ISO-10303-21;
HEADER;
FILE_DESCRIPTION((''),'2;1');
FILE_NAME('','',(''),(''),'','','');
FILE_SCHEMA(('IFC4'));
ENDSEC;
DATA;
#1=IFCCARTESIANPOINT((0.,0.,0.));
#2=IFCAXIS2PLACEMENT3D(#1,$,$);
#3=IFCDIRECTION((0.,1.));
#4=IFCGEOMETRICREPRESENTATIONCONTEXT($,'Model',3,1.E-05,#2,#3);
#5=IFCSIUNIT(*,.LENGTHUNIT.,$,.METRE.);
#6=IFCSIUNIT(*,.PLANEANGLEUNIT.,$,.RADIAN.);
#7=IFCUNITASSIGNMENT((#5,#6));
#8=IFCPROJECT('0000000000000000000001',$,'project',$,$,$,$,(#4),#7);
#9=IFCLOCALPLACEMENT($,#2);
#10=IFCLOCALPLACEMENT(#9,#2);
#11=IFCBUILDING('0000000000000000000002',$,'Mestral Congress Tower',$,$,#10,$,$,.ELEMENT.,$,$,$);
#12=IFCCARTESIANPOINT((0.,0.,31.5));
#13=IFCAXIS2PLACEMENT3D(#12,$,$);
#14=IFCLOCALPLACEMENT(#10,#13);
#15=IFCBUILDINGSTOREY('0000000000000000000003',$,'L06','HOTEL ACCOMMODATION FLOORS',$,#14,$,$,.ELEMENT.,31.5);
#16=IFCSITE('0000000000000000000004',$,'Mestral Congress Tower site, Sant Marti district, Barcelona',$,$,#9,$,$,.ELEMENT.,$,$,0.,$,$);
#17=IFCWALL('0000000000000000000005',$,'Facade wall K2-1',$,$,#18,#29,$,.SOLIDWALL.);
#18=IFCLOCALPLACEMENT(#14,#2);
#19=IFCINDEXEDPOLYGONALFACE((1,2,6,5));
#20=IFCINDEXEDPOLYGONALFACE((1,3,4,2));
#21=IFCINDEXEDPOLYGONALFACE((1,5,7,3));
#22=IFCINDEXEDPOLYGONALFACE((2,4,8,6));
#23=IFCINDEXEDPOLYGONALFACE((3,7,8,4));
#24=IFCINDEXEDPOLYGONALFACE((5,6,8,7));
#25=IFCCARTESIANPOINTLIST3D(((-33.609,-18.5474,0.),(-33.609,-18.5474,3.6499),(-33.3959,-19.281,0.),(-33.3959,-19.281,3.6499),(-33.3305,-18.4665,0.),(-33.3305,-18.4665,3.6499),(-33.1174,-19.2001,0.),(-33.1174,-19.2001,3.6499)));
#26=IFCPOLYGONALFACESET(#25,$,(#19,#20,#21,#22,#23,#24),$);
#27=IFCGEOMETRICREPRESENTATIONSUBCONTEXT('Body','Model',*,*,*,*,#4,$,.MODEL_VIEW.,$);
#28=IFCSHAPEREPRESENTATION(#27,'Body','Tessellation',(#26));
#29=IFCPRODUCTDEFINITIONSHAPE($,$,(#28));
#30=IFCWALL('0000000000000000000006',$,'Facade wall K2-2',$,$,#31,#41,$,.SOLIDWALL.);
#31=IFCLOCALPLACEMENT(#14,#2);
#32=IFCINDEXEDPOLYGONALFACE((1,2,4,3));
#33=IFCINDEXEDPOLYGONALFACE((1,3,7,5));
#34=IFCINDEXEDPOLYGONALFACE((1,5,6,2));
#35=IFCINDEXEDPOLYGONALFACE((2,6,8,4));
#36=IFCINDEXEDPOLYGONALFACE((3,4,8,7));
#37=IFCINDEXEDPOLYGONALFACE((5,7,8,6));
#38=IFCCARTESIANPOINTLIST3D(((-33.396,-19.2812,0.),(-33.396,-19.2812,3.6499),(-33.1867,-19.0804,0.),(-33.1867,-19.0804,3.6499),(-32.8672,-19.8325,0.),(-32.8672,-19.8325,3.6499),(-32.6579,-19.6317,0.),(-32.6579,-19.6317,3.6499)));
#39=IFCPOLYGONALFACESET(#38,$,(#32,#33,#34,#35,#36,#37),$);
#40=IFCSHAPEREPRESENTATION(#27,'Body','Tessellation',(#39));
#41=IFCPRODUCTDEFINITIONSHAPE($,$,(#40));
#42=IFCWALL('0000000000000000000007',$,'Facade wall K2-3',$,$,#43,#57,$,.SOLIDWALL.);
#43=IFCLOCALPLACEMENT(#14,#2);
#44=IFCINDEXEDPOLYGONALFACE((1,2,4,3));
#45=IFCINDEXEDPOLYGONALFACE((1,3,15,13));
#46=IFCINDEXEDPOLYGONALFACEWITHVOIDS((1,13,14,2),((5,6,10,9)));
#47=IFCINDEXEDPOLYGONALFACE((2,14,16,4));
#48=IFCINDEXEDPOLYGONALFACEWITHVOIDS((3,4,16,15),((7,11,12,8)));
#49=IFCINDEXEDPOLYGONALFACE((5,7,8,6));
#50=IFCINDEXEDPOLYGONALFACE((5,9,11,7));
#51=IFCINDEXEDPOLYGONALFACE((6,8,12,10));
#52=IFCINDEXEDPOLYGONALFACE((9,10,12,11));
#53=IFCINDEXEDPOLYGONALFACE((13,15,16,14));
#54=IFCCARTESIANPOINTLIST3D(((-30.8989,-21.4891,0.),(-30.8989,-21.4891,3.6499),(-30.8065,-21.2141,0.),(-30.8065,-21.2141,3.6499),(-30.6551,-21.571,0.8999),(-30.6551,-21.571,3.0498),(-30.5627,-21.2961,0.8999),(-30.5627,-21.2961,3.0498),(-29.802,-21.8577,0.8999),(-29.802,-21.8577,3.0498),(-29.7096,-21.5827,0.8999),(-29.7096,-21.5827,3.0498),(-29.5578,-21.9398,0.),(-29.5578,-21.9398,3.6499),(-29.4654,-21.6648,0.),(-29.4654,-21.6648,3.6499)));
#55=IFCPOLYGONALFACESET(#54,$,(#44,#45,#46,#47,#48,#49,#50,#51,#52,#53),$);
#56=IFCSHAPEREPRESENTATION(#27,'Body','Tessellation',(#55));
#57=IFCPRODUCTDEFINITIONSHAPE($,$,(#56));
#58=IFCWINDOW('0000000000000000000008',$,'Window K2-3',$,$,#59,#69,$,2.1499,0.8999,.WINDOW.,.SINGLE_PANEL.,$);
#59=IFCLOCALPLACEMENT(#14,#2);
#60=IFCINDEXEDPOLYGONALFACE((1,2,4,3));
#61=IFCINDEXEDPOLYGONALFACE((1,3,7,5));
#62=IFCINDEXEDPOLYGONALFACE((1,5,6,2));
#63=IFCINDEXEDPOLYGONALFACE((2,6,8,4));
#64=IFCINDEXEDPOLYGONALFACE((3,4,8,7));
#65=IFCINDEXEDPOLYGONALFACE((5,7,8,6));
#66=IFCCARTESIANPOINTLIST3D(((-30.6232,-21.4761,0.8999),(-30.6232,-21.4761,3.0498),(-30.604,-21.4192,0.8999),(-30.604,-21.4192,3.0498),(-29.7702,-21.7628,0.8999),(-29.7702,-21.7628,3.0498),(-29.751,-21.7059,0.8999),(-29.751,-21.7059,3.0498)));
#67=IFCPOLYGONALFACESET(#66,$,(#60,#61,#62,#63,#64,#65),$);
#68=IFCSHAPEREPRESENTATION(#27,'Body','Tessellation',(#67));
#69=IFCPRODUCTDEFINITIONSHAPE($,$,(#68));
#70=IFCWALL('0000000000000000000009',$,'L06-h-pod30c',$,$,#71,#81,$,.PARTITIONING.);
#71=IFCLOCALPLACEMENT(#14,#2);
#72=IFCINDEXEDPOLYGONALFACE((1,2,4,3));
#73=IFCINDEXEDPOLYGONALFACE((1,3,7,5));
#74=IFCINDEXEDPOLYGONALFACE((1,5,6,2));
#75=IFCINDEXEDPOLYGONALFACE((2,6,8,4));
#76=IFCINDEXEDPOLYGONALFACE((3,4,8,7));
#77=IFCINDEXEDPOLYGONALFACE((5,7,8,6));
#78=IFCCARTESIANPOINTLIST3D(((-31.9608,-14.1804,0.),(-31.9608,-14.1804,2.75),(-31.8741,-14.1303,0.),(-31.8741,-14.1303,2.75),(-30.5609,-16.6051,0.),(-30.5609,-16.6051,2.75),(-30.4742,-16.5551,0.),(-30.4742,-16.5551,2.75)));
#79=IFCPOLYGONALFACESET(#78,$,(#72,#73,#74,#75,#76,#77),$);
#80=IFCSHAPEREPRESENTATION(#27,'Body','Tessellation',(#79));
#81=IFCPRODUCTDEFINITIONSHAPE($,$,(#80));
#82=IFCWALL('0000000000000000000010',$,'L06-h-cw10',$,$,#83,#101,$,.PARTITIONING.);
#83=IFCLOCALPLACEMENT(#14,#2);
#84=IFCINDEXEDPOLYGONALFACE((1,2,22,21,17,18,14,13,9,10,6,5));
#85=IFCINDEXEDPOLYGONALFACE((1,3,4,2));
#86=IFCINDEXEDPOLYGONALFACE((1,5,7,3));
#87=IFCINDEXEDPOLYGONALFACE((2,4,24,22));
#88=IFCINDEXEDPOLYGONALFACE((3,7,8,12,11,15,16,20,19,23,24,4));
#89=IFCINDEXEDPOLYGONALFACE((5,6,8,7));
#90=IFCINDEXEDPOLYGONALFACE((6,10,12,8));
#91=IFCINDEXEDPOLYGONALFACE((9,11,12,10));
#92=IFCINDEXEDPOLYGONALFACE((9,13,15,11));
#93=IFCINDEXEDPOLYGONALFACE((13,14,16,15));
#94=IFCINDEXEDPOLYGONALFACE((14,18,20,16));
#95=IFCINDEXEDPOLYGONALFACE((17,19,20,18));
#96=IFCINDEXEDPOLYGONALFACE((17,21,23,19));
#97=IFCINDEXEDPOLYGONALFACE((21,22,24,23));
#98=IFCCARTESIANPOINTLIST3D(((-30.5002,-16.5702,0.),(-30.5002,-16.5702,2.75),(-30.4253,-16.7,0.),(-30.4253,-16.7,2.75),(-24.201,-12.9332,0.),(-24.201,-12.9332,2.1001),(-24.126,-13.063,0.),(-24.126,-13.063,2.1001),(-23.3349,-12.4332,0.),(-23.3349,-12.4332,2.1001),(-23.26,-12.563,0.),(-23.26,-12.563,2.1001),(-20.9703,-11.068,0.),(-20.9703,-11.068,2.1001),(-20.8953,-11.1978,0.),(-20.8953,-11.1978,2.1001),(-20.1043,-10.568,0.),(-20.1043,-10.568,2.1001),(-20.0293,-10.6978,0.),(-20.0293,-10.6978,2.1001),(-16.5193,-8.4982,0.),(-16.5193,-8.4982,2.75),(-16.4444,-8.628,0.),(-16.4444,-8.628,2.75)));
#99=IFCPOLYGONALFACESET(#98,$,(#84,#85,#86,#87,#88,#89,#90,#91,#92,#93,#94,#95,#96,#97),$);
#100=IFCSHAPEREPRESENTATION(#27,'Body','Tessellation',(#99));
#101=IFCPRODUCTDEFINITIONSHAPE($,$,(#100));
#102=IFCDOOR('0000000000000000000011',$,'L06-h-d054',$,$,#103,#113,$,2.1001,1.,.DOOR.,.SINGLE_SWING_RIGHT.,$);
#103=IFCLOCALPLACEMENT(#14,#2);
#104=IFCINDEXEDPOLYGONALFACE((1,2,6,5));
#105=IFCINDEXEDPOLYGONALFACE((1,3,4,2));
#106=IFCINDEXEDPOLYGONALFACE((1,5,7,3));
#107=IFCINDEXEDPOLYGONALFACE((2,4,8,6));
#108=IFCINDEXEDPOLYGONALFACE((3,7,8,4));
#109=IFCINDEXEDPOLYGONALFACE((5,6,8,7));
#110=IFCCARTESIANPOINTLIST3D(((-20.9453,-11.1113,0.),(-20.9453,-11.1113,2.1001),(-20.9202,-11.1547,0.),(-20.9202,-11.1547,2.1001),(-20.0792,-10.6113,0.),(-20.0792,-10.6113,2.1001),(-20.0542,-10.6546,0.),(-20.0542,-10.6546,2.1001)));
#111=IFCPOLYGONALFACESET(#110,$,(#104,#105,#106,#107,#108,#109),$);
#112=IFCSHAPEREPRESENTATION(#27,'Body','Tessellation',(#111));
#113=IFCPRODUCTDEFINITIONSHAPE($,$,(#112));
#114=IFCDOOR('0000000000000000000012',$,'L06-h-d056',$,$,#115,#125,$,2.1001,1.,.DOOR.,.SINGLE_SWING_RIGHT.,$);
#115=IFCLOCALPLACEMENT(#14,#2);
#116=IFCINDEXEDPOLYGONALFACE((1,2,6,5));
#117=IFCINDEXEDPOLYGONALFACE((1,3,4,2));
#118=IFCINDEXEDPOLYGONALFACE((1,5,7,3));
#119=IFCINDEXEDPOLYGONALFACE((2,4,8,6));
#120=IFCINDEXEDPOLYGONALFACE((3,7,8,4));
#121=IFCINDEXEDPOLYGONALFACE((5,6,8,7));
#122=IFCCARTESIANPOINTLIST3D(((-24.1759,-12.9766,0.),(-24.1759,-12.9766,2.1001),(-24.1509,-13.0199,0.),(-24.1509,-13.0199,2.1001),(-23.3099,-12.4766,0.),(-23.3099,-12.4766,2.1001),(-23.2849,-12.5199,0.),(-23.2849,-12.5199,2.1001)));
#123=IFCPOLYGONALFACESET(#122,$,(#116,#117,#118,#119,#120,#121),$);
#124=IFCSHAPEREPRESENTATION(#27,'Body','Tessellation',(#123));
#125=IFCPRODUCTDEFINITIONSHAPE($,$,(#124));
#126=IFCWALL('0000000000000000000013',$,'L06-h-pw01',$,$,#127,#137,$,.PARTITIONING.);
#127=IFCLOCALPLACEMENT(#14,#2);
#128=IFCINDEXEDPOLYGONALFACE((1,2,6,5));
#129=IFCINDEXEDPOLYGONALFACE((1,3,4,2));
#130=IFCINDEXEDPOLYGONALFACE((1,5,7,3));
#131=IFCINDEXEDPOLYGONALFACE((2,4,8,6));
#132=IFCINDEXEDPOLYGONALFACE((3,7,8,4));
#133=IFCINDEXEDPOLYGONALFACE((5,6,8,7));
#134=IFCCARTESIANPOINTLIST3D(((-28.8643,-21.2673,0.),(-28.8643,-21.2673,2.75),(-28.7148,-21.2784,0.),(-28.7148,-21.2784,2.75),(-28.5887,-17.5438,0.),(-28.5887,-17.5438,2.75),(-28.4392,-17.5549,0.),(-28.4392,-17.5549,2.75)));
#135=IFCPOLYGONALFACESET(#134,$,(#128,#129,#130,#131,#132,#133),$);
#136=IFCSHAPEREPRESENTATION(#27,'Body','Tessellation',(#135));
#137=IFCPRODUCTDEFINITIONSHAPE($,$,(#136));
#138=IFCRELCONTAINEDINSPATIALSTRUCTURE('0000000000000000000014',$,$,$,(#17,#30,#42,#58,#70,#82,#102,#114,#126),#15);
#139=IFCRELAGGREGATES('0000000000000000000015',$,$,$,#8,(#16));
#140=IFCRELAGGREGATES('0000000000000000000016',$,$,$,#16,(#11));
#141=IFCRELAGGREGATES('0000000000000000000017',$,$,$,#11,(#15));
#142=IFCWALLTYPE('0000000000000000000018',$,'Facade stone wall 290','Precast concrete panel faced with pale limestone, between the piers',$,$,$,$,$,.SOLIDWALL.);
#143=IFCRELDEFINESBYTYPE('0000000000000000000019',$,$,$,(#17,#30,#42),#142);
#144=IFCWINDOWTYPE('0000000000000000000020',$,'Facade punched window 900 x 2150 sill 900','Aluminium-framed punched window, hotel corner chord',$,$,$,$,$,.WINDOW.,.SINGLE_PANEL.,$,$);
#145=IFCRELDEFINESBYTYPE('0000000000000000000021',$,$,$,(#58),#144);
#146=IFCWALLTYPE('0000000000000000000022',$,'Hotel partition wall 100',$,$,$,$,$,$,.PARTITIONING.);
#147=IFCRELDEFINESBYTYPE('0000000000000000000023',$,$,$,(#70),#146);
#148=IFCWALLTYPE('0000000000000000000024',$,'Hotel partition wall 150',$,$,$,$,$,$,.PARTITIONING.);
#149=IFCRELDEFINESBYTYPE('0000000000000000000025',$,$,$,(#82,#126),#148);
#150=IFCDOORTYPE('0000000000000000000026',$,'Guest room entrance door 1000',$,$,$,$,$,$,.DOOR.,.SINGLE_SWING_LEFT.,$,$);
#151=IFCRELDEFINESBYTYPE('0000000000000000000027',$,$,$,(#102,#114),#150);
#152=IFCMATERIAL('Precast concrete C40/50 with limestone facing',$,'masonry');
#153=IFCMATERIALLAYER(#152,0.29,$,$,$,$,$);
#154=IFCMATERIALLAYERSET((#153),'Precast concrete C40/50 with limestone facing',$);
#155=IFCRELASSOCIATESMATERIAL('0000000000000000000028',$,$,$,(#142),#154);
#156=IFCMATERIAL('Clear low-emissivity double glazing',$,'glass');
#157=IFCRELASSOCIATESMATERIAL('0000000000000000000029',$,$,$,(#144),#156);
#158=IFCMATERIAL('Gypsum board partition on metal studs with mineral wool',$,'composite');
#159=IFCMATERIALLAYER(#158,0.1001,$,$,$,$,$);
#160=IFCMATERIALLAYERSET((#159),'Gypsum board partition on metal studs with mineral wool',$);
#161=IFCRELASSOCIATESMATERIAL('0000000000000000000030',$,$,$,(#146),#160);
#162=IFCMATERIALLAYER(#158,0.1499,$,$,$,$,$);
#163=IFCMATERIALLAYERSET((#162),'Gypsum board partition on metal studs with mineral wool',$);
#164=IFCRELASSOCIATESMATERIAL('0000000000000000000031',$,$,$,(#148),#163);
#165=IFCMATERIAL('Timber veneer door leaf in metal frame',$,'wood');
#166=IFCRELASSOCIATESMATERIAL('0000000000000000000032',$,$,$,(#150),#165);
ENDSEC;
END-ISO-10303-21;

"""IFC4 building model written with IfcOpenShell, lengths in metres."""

from ifc_helpers import new_model, si_unit, direction, frame, frame_2d, origin, place, context, subcontext, project, spatial, rectangle, extrude, material, layer, layer_set, type_object, element, fill, save


model = new_model("IFC4")

# Units and contexts
model_context = context("Model", 3, precision=1e-05, world=origin(), true_north=direction((0.0, 1.0)))
body_context = subcontext(model_context, "Body", "Model", "MODEL_VIEW")
ifc_project = project(units=[si_unit("LENGTHUNIT", "METRE"), si_unit("PLANEANGLEUNIT", "RADIAN")], contexts=[model_context])

# Site, building, storey
site_placement = place(None, origin())
site = spatial("IfcSite", under=ifc_project, at=site_placement, Name="Mestral Congress Tower site, Sant Marti district, Barcelona", CompositionType="ELEMENT", RefElevation=0.0)
building_placement = place(site_placement, origin())
building = spatial("IfcBuilding", under=site, at=building_placement, Name="Mestral Congress Tower", CompositionType="ELEMENT")
storey_placement = place(building_placement, frame((0.0, 0.0, 31.5)))
storey = spatial("IfcBuildingStorey", under=building, at=storey_placement, Name="L06", Description="HOTEL ACCOMMODATION FLOORS", CompositionType="ELEMENT", Elevation=31.5)

# Walls
ifc_material_1 = material(Name="Precast concrete C40/50 with limestone facing", Category="masonry")
ifc_layer_1 = layer(ifc_material_1, 0.29)
ifc_layer_set_1 = layer_set([ifc_layer_1], Name="Precast concrete C40/50 with limestone facing")
wall_type_1 = type_object("IfcWallType", Name="Facade stone wall 290", Description="Precast concrete panel faced with pale limestone, between the piers", PredefinedType="SOLIDWALL", material=ifc_layer_set_1)
for number, where, z_axis, x_axis, name in (
    (1, (-33.4697, -18.5071, 0.0), (0.0, 0.0, 1.0), (0.278981, -0.960297, 0.0), "Facade wall K2-1"),
    (2, (-33.2913, -19.1809, 0.0), (0.0, 0.0, 1.0), (0.692252, -0.721656, 0.0), "Facade wall K2-2"),
):
    element("IfcWall", number, at=place(storey_placement, frame(where, z_axis=z_axis, x_axis=x_axis)), inside=storey, type_object=wall_type_1, Name=name, PredefinedType="SOLIDWALL", context=body_context, shape_type="SweptSolid", body=[
        extrude(rectangle(XDim=0.7639, YDim=0.29, at=frame_2d((0.3818, 0.0))), origin(), (0.0, 0.0, 1.0), 3.6499),
    ])

# Wall, opening, window
wall_1_placement = place(storey_placement, frame((-30.8528, -21.3516, 0.0), z_axis=(0.0, 0.0, 1.0), x_axis=(0.947904, -0.318556, 0.0)))
wall_1 = element("IfcWall", 3, at=wall_1_placement, inside=storey, type_object=wall_type_1, Name="Facade wall K2-3", PredefinedType="SOLIDWALL", context=body_context, shape_type="SweptSolid", body=[
    extrude(rectangle(XDim=1.4148, YDim=0.29, at=frame_2d((0.7075, 0.0))), origin(), (0.0, 0.0, 1.0), 3.6499),
])
opening_1_placement = place(wall_1_placement, frame((0.2573, 0.0, 0.8999)))
opening_1 = element("IfcOpeningElement", 4, at=opening_1_placement, cuts=wall_1, PredefinedType="OPENING", context=body_context, shape_type="SweptSolid", body=[
    extrude(rectangle(XDim=0.8999, YDim=2.1499, at=frame_2d((0.45, 1.075))), frame((0.0, 0.155, 0.0), z_axis=(0.0, -1.0, 0.0), x_axis=(1.0, 0.0, 0.0)), (0.0, 0.0, 1.0), 0.3101),
])
ifc_material_2 = material(Name="Clear low-emissivity double glazing", Category="glass")
window_type = type_object("IfcWindowType", Name="Facade punched window 900 x 2150 sill 900", Description="Aluminium-framed punched window, hotel corner chord", PartitioningType="SINGLE_PANEL", PredefinedType="WINDOW", material=ifc_material_2)
window_placement = place(opening_1_placement, origin())
window = element("IfcWindow", 5, at=window_placement, inside=storey, type_object=window_type, Name="Window K2-3", OverallHeight=2.1499, OverallWidth=0.8999, PartitioningType="SINGLE_PANEL", PredefinedType="WINDOW", context=body_context, shape_type="SweptSolid", body=[
    extrude(rectangle(XDim=0.8999, YDim=2.1499, at=frame_2d((0.45, 1.075))), frame((0.0, 0.0151, 0.0), z_axis=(0.0, -1.0, 0.0), x_axis=(1.0, 0.0, 0.0)), (0.0, 0.0, 1.0), 0.0601),
])
fill(opening_1, window)

# Wall
ifc_material_3 = material(Name="Gypsum board partition on metal studs with mineral wool", Category="composite")
ifc_layer_2 = layer(ifc_material_3, 0.1001)
ifc_layer_set_2 = layer_set([ifc_layer_2], Name="Gypsum board partition on metal studs with mineral wool")
wall_type_2 = type_object("IfcWallType", Name="Hotel partition wall 100", PredefinedType="PARTITIONING", material=ifc_layer_set_2)
wall_2_placement = place(storey_placement, frame((-30.5176, -16.5801, 0.0), z_axis=(0.0, 0.0, 1.0), x_axis=(-0.499984, 0.866035, 0.0)))
element("IfcWall", 6, at=wall_2_placement, inside=storey, type_object=wall_type_2, Name="L06-h-pod30c", PredefinedType="PARTITIONING", context=body_context, shape_type="SweptSolid", body=[
    extrude(rectangle(XDim=2.7998, YDim=0.1001, at=frame_2d((1.3999, 0.0))), origin(), (0.0, 0.0, 1.0), 2.75),
])

# Wall, openings, doors
ifc_layer_3 = layer(ifc_material_3, 0.1499)
ifc_layer_set_3 = layer_set([ifc_layer_3], Name="Gypsum board partition on metal studs with mineral wool")
wall_type_3 = type_object("IfcWallType", Name="Hotel partition wall 150", PredefinedType="PARTITIONING", material=ifc_layer_set_3)
wall_3_placement = place(storey_placement, frame((-30.4626, -16.635, 0.0), z_axis=(0.0, 0.0, 1.0), x_axis=(0.866022, 0.500005, 0.0)))
wall_3 = element("IfcWall", 7, at=wall_3_placement, inside=storey, type_object=wall_type_3, Name="L06-h-cw10", PredefinedType="PARTITIONING", context=body_context, shape_type="SweptSolid", body=[
    extrude(rectangle(XDim=16.1438, YDim=0.1499, at=frame_2d((8.0718, 0.0))), origin(), (0.0, 0.0, 1.0), 2.75),
])
opening_2_placement = place(wall_3_placement, frame((11.0042, 0.0, 0.0)))
opening_2 = element("IfcOpeningElement", 8, at=opening_2_placement, cuts=wall_3, PredefinedType="OPENING", context=body_context, shape_type="SweptSolid", body=[
    extrude(rectangle(XDim=1.0, YDim=2.1001, at=frame_2d((0.5, 1.05))), frame((0.0, 0.085, 0.0), z_axis=(0.0, -1.0, 0.0), x_axis=(1.0, 0.0, 0.0)), (0.0, 0.0, 1.0), 0.1699),
])
opening_3_placement = place(wall_3_placement, frame((7.2737, 0.0, 0.0)))
opening_3 = element("IfcOpeningElement", 9, at=opening_3_placement, cuts=wall_3, PredefinedType="OPENING", context=body_context, shape_type="SweptSolid", body=[
    extrude(rectangle(XDim=1.0, YDim=2.1001, at=frame_2d((0.5, 1.05))), frame((0.0, 0.085, 0.0), z_axis=(0.0, -1.0, 0.0), x_axis=(1.0, 0.0, 0.0)), (0.0, 0.0, 1.0), 0.1699),
])
ifc_material_4 = material(Name="Timber veneer door leaf in metal frame", Category="wood")
door_type = type_object("IfcDoorType", Name="Guest room entrance door 1000", OperationType="SINGLE_SWING_LEFT", PredefinedType="DOOR", material=ifc_material_4)
door_1_placement = place(opening_2_placement, origin())
door_1 = element("IfcDoor", 10, at=door_1_placement, inside=storey, type_object=door_type, Name="L06-h-d054", OperationType="SINGLE_SWING_RIGHT", OverallHeight=2.1001, OverallWidth=1.0, PredefinedType="DOOR", context=body_context, shape_type="SweptSolid", body=[
    extrude(rectangle(XDim=1.0, YDim=2.1001, at=frame_2d((0.5, 1.05))), frame((0.0, 0.0249, 0.0), z_axis=(0.0, -1.0, 0.0), x_axis=(1.0, 0.0, 0.0)), (0.0, 0.0, 1.0), 0.05),
])
fill(opening_2, door_1)
door_2_placement = place(opening_3_placement, origin())
door_2 = element("IfcDoor", 11, at=door_2_placement, inside=storey, type_object=door_type, Name="L06-h-d056", OperationType="SINGLE_SWING_RIGHT", OverallHeight=2.1001, OverallWidth=1.0, PredefinedType="DOOR", context=body_context, shape_type="SweptSolid", body=[
    extrude(rectangle(XDim=1.0, YDim=2.1001, at=frame_2d((0.5, 1.05))), frame((0.0, 0.0249, 0.0), z_axis=(0.0, -1.0, 0.0), x_axis=(1.0, 0.0, 0.0)), (0.0, 0.0, 1.0), 0.05),
])
fill(opening_3, door_2)

# Wall
wall_4_placement = place(storey_placement, frame((-28.7896, -21.2727, 0.0), z_axis=(0.0, 0.0, 1.0), x_axis=(0.073826, 0.997271, 0.0)))
element("IfcWall", 12, at=wall_4_placement, inside=storey, type_object=wall_type_3, Name="L06-h-pw01", PredefinedType="PARTITIONING", context=body_context, shape_type="SweptSolid", body=[
    extrude(rectangle(XDim=3.7336, YDim=0.1499, at=frame_2d((1.8667, 0.0))), origin(), (0.0, 0.0, 1.0), 2.75),
])

save(model, "model.ifc")
